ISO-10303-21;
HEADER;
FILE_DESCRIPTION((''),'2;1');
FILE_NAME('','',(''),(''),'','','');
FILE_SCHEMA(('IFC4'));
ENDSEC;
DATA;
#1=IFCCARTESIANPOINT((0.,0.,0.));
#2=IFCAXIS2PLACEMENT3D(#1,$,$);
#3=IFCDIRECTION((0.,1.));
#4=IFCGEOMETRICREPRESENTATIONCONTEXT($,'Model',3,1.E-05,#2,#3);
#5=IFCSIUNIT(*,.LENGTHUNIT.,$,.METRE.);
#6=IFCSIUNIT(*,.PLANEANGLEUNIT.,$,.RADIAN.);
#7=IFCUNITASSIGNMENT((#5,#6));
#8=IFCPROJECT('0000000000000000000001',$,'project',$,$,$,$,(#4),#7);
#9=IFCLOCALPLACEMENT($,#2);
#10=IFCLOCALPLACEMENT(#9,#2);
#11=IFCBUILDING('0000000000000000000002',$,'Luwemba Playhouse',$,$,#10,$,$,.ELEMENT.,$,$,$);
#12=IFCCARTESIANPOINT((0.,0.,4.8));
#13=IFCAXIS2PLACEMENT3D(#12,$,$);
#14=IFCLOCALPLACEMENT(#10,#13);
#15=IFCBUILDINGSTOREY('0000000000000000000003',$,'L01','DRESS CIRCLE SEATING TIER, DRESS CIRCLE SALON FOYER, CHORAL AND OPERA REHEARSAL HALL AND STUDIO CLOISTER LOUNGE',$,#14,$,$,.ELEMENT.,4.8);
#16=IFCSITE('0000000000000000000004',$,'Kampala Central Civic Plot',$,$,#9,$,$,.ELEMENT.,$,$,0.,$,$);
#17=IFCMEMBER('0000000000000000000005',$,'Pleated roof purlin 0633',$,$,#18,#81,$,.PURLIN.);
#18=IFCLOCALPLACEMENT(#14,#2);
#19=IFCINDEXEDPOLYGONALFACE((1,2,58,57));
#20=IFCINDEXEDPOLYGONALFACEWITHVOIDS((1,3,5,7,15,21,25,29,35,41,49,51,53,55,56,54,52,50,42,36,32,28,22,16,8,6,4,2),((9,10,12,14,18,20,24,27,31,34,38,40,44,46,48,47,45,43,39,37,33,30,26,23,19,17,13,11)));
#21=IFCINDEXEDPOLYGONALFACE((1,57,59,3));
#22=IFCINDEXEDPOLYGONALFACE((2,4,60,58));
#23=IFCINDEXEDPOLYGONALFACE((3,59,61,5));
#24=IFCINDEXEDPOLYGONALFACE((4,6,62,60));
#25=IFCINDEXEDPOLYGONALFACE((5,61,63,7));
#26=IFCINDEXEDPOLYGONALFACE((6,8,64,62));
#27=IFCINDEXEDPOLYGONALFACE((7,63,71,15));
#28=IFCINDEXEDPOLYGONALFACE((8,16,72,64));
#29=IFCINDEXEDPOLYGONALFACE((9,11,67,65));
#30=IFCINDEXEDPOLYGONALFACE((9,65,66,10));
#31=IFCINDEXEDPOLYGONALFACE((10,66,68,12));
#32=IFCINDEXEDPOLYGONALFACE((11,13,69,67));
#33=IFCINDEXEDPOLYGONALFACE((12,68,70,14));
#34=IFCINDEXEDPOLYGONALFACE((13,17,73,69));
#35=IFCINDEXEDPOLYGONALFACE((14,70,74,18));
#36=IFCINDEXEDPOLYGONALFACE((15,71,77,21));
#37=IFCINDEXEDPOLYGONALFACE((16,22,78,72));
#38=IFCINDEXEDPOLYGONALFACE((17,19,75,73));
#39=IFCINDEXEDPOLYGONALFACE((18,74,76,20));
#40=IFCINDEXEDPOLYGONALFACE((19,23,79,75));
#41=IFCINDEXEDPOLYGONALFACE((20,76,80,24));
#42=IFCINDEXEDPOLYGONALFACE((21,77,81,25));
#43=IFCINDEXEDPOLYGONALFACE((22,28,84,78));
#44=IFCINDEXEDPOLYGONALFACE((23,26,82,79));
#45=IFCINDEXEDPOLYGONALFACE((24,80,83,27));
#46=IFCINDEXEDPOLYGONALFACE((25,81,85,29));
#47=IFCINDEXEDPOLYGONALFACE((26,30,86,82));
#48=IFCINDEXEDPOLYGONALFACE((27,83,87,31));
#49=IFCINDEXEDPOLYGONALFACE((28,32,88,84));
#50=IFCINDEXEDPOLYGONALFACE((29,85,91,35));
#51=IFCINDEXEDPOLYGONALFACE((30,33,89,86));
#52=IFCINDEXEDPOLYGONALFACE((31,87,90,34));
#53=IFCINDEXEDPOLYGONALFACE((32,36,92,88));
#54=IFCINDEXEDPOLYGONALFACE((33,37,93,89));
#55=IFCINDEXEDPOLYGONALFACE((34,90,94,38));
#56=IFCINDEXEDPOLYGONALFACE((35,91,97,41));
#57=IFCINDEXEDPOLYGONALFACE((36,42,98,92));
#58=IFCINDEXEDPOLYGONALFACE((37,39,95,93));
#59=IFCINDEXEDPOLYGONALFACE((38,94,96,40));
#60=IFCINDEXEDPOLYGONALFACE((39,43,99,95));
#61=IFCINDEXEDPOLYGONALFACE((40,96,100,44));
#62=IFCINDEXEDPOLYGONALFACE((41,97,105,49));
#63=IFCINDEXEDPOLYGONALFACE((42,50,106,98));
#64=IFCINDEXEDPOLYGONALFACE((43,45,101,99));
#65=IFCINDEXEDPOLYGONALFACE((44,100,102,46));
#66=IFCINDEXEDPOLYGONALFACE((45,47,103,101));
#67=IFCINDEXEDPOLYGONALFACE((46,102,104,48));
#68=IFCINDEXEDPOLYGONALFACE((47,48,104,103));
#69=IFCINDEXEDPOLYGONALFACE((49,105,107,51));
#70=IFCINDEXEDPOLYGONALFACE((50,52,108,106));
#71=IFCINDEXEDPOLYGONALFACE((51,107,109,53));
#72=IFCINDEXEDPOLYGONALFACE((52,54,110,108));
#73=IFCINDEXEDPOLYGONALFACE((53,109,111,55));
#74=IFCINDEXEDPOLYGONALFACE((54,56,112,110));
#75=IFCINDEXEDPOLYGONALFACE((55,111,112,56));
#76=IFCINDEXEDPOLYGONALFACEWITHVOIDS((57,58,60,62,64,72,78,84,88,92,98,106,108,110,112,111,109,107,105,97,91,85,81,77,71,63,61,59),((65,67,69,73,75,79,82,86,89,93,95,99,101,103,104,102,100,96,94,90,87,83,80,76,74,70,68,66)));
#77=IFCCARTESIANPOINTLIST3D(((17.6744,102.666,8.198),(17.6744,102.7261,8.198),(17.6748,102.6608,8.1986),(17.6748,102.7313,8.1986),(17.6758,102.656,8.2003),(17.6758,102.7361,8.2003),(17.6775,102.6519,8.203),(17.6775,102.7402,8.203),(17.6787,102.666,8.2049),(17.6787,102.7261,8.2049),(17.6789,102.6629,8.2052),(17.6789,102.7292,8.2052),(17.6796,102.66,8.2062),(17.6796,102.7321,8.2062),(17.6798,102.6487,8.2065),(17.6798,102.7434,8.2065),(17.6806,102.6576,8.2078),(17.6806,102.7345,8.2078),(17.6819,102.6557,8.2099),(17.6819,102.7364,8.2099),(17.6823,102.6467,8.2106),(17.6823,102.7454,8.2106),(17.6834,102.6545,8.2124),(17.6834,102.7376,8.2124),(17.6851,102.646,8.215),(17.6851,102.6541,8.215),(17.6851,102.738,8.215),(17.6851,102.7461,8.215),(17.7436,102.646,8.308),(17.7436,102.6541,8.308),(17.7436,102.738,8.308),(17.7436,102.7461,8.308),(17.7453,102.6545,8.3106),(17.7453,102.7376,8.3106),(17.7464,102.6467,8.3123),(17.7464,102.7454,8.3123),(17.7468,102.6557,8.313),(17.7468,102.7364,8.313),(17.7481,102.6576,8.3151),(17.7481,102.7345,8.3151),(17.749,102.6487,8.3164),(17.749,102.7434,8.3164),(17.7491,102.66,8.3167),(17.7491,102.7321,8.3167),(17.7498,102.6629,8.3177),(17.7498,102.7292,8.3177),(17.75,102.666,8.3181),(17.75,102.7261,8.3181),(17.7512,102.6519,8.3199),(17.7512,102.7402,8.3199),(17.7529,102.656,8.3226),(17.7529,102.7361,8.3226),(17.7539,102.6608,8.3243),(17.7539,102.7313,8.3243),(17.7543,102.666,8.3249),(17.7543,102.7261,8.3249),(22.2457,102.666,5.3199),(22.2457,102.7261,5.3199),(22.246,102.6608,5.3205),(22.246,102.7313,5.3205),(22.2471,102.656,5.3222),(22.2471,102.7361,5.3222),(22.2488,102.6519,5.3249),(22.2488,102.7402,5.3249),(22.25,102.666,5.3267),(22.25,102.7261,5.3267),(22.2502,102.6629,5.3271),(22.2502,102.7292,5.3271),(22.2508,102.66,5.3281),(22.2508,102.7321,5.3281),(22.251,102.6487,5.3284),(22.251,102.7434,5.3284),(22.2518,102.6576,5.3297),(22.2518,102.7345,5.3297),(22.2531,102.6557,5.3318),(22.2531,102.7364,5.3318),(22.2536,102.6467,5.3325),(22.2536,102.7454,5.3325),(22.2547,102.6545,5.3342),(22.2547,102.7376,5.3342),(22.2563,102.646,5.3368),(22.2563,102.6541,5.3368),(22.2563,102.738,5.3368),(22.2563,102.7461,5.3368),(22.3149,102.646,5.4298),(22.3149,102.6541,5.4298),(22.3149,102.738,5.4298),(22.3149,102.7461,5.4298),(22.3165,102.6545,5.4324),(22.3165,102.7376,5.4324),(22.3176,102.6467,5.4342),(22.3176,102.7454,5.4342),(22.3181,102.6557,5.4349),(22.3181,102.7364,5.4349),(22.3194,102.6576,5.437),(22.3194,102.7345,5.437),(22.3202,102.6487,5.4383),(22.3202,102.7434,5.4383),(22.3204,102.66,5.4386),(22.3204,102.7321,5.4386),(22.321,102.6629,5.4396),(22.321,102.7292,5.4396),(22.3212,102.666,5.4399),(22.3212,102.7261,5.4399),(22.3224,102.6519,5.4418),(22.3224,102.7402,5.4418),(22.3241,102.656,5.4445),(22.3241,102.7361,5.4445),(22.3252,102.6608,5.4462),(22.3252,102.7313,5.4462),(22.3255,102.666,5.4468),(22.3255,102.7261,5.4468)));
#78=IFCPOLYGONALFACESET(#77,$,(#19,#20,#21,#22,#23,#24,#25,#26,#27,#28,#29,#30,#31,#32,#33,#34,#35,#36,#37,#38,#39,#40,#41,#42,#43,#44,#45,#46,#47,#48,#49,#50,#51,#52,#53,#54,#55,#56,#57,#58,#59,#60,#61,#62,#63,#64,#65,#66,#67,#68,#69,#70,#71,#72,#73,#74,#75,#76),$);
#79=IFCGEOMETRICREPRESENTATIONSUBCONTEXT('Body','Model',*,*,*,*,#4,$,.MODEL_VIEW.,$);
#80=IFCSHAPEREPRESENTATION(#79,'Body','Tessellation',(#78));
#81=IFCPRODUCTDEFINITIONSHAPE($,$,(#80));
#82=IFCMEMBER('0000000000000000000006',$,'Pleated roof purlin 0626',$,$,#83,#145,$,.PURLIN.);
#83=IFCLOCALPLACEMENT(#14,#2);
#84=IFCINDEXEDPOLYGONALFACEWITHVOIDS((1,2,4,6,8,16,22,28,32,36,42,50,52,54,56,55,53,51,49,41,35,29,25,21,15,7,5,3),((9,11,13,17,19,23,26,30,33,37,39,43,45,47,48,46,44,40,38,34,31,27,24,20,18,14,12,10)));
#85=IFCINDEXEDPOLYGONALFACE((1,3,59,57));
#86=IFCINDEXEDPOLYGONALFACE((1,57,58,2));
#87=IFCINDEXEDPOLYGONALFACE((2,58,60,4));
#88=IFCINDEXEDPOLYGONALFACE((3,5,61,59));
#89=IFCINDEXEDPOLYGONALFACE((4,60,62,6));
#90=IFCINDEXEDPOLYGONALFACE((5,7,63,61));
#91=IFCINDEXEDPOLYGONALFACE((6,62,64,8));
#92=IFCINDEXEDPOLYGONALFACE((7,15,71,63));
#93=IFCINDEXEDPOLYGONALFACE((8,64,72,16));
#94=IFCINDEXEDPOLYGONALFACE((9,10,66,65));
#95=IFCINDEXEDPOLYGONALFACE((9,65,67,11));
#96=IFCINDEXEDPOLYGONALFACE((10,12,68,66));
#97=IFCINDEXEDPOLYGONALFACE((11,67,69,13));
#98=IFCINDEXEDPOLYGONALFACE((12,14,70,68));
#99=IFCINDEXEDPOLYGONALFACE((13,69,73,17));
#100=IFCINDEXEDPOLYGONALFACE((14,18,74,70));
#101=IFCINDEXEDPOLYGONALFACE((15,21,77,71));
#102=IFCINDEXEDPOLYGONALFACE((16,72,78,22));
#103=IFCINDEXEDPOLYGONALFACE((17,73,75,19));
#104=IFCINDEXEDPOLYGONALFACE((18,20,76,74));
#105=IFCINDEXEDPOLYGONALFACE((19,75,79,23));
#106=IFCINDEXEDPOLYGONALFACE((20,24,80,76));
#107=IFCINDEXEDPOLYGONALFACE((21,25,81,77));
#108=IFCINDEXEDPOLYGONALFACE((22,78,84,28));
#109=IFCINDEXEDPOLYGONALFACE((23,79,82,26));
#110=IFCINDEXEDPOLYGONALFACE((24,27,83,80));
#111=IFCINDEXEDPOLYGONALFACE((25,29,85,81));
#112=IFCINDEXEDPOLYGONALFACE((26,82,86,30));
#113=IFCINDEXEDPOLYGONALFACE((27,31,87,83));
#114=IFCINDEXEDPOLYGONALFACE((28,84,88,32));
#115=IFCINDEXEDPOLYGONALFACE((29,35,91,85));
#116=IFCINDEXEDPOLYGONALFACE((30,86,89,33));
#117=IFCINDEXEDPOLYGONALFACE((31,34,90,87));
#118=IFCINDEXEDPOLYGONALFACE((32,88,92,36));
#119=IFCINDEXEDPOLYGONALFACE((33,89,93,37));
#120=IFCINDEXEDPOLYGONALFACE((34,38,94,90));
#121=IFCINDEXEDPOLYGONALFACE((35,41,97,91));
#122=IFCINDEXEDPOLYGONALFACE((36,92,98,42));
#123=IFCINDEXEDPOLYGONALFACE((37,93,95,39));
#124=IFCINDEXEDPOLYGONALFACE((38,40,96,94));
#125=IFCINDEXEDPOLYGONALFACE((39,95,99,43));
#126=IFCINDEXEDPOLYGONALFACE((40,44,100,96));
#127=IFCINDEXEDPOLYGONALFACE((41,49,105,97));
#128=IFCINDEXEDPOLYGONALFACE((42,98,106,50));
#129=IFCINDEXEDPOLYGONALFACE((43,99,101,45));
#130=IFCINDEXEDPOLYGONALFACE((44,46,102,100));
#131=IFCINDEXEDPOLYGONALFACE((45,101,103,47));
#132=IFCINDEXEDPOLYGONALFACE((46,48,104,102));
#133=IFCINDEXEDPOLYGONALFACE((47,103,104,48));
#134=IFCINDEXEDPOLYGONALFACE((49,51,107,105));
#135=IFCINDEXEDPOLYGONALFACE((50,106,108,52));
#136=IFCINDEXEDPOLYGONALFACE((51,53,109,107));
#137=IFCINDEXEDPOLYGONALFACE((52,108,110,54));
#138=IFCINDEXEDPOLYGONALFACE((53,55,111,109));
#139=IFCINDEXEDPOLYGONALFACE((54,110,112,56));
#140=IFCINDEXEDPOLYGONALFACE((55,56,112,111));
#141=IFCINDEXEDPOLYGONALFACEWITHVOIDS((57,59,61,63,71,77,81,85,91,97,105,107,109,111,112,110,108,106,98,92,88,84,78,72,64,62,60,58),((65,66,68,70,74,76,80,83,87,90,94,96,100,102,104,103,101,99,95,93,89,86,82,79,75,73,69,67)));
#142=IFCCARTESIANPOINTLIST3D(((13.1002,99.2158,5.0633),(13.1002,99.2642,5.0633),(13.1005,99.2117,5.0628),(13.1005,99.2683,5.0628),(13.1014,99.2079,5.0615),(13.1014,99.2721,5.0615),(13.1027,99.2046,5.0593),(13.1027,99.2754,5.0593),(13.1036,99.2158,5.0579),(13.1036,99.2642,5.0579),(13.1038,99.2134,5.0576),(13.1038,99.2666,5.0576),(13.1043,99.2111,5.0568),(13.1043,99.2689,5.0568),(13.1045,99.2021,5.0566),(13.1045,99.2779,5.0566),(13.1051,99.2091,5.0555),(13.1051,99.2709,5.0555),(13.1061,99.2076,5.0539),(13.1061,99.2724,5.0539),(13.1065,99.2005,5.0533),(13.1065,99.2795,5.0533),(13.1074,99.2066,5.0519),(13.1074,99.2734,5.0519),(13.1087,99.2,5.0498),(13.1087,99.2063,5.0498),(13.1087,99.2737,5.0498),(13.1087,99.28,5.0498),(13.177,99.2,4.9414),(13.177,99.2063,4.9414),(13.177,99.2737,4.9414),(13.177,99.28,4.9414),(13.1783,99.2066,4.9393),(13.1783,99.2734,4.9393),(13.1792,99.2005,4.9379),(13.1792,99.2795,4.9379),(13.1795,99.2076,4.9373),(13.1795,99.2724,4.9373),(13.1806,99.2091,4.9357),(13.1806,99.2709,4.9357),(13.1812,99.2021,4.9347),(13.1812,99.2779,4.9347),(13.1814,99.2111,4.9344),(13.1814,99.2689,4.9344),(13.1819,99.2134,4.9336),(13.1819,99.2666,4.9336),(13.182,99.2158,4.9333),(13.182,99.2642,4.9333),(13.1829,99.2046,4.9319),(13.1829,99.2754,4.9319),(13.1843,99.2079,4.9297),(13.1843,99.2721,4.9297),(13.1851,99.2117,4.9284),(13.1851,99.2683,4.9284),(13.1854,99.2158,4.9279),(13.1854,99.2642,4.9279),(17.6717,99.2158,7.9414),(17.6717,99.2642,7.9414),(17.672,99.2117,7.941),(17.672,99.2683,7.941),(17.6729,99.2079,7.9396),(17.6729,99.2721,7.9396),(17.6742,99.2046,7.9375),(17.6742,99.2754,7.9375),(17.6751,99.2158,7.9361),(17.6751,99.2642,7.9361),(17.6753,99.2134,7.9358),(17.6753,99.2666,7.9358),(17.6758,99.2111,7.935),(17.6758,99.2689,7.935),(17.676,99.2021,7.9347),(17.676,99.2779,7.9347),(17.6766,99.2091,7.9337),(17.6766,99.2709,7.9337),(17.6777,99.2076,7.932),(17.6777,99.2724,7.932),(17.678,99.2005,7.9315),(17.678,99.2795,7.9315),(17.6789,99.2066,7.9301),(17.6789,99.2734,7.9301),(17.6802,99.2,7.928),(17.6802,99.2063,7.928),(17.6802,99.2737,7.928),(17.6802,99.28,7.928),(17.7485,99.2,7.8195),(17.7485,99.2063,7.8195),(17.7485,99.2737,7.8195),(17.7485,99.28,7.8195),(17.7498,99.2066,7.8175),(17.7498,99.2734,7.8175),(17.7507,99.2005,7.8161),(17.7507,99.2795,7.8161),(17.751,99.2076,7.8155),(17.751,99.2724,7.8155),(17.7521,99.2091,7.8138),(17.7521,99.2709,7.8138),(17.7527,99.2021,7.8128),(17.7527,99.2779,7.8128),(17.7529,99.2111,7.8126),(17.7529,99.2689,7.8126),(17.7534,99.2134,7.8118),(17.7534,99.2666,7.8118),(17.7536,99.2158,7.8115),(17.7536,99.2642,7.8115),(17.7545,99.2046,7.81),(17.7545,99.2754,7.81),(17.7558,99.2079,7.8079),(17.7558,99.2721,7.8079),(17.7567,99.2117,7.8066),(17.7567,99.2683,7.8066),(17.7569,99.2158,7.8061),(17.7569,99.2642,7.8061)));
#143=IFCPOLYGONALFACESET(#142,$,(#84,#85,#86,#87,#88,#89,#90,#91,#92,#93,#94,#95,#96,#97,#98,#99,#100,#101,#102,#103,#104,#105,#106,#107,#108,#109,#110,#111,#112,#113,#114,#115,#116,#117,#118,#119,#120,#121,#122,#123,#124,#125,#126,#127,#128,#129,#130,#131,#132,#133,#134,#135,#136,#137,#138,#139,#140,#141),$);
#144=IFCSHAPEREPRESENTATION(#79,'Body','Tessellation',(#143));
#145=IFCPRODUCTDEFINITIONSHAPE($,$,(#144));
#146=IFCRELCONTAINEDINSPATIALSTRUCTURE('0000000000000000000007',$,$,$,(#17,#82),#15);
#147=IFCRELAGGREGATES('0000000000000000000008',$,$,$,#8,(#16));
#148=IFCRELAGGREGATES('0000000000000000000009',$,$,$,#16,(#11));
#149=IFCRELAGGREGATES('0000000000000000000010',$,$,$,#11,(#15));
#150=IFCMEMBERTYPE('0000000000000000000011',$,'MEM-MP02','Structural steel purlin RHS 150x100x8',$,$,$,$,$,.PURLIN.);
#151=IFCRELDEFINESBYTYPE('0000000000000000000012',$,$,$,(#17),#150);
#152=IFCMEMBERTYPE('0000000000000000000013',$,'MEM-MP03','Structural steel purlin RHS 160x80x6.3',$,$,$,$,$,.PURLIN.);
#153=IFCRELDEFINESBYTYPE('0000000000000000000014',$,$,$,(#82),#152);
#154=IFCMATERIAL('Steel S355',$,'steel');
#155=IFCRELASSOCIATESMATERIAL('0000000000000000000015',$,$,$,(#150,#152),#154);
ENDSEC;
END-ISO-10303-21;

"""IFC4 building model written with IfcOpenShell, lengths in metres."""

from ifc_helpers import new_model, si_unit, direction, frame, origin, origin_2d, place, context, subcontext, project, spatial, hollow_rectangle, extrude, material, material_profile, profile_set, type_object, element, save


model = new_model("IFC4")

# Units and contexts
model_context = context("Model", 3, precision=1e-05, world=origin(), true_north=direction((0.0, 1.0)))
body_context = subcontext(model_context, "Body", "Model", "MODEL_VIEW")
ifc_project = project(units=[si_unit("LENGTHUNIT", "METRE"), si_unit("PLANEANGLEUNIT", "RADIAN")], contexts=[model_context])

# Site, building, storey
site_placement = place(None, origin())
site = spatial("IfcSite", under=ifc_project, at=site_placement, Name="Kampala Central Civic Plot", CompositionType="ELEMENT", RefElevation=0.0)
building_placement = place(site_placement, origin())
building = spatial("IfcBuilding", under=site, at=building_placement, Name="Luwemba Playhouse", CompositionType="ELEMENT")
storey_placement = place(building_placement, frame((0.0, 0.0, 4.8)))
storey = spatial("IfcBuildingStorey", under=building, at=storey_placement, Name="L01", Description="DRESS CIRCLE SEATING TIER, DRESS CIRCLE SALON FOYER, CHORAL AND OPERA REHEARSAL HALL AND STUDIO CLOISTER LOUNGE", CompositionType="ELEMENT", Elevation=4.8)

# Shared definitions
ifc_material_1 = material(Name="Steel S355", Category="steel")

# Members
ifc_material_profile_1 = material_profile(ifc_material_1, hollow_rectangle(XDim=0.1001, YDim=0.1499, WallThickness=0.0081, InnerFilletRadius=0.012, OuterFilletRadius=0.02, at=origin_2d()))
ifc_profile_set_1 = profile_set([ifc_material_profile_1], Name="Steel S355")
member_type_1 = type_object("IfcMemberType", Name="MEM-MP02", Description="Structural steel purlin RHS 150x100x8", PredefinedType="PURLIN", material=ifc_profile_set_1)
member_1_placement = place(storey_placement, frame((17.7144, 102.696, 8.2615), z_axis=(0.846237, 0.0, -0.532807), x_axis=(0.0, 1.0, 0.0)))
element("IfcMember", 1, at=member_1_placement, inside=storey, type_object=member_type_1, Name="Pleated roof purlin 0633", PredefinedType="PURLIN", context=body_context, shape_type="SweptSolid", body=[
    extrude(hollow_rectangle(XDim=0.1001, YDim=0.1499, WallThickness=0.0081, InnerFilletRadius=0.012, OuterFilletRadius=0.02, at=origin_2d()), origin(), (0.0, 0.0, 1.0), 5.4019),
])
ifc_material_profile_2 = material_profile(ifc_material_1, hollow_rectangle(XDim=0.0801, YDim=0.1599, WallThickness=0.0063, InnerFilletRadius=0.0095, OuterFilletRadius=0.0159, at=origin_2d()))
ifc_profile_set_2 = profile_set([ifc_material_profile_2], Name="Steel S355")
member_type_2 = type_object("IfcMemberType", Name="MEM-MP03", Description="Structural steel purlin RHS 160x80x6.3", PredefinedType="PURLIN", material=ifc_profile_set_2)
member_2_placement = place(storey_placement, frame((13.1428, 99.24, 4.9956), z_axis=(0.846249, 0.0, 0.532787), x_axis=(0.0, 1.0, 0.0)))
element("IfcMember", 2, at=member_2_placement, inside=storey, type_object=member_type_2, Name="Pleated roof purlin 0626", PredefinedType="PURLIN", context=body_context, shape_type="SweptSolid", body=[
    extrude(hollow_rectangle(XDim=0.0801, YDim=0.1599, WallThickness=0.0063, InnerFilletRadius=0.0095, OuterFilletRadius=0.0159, at=origin_2d()), origin(), (0.0, 0.0, 1.0), 5.4021),
])

save(model, "model.ifc")
